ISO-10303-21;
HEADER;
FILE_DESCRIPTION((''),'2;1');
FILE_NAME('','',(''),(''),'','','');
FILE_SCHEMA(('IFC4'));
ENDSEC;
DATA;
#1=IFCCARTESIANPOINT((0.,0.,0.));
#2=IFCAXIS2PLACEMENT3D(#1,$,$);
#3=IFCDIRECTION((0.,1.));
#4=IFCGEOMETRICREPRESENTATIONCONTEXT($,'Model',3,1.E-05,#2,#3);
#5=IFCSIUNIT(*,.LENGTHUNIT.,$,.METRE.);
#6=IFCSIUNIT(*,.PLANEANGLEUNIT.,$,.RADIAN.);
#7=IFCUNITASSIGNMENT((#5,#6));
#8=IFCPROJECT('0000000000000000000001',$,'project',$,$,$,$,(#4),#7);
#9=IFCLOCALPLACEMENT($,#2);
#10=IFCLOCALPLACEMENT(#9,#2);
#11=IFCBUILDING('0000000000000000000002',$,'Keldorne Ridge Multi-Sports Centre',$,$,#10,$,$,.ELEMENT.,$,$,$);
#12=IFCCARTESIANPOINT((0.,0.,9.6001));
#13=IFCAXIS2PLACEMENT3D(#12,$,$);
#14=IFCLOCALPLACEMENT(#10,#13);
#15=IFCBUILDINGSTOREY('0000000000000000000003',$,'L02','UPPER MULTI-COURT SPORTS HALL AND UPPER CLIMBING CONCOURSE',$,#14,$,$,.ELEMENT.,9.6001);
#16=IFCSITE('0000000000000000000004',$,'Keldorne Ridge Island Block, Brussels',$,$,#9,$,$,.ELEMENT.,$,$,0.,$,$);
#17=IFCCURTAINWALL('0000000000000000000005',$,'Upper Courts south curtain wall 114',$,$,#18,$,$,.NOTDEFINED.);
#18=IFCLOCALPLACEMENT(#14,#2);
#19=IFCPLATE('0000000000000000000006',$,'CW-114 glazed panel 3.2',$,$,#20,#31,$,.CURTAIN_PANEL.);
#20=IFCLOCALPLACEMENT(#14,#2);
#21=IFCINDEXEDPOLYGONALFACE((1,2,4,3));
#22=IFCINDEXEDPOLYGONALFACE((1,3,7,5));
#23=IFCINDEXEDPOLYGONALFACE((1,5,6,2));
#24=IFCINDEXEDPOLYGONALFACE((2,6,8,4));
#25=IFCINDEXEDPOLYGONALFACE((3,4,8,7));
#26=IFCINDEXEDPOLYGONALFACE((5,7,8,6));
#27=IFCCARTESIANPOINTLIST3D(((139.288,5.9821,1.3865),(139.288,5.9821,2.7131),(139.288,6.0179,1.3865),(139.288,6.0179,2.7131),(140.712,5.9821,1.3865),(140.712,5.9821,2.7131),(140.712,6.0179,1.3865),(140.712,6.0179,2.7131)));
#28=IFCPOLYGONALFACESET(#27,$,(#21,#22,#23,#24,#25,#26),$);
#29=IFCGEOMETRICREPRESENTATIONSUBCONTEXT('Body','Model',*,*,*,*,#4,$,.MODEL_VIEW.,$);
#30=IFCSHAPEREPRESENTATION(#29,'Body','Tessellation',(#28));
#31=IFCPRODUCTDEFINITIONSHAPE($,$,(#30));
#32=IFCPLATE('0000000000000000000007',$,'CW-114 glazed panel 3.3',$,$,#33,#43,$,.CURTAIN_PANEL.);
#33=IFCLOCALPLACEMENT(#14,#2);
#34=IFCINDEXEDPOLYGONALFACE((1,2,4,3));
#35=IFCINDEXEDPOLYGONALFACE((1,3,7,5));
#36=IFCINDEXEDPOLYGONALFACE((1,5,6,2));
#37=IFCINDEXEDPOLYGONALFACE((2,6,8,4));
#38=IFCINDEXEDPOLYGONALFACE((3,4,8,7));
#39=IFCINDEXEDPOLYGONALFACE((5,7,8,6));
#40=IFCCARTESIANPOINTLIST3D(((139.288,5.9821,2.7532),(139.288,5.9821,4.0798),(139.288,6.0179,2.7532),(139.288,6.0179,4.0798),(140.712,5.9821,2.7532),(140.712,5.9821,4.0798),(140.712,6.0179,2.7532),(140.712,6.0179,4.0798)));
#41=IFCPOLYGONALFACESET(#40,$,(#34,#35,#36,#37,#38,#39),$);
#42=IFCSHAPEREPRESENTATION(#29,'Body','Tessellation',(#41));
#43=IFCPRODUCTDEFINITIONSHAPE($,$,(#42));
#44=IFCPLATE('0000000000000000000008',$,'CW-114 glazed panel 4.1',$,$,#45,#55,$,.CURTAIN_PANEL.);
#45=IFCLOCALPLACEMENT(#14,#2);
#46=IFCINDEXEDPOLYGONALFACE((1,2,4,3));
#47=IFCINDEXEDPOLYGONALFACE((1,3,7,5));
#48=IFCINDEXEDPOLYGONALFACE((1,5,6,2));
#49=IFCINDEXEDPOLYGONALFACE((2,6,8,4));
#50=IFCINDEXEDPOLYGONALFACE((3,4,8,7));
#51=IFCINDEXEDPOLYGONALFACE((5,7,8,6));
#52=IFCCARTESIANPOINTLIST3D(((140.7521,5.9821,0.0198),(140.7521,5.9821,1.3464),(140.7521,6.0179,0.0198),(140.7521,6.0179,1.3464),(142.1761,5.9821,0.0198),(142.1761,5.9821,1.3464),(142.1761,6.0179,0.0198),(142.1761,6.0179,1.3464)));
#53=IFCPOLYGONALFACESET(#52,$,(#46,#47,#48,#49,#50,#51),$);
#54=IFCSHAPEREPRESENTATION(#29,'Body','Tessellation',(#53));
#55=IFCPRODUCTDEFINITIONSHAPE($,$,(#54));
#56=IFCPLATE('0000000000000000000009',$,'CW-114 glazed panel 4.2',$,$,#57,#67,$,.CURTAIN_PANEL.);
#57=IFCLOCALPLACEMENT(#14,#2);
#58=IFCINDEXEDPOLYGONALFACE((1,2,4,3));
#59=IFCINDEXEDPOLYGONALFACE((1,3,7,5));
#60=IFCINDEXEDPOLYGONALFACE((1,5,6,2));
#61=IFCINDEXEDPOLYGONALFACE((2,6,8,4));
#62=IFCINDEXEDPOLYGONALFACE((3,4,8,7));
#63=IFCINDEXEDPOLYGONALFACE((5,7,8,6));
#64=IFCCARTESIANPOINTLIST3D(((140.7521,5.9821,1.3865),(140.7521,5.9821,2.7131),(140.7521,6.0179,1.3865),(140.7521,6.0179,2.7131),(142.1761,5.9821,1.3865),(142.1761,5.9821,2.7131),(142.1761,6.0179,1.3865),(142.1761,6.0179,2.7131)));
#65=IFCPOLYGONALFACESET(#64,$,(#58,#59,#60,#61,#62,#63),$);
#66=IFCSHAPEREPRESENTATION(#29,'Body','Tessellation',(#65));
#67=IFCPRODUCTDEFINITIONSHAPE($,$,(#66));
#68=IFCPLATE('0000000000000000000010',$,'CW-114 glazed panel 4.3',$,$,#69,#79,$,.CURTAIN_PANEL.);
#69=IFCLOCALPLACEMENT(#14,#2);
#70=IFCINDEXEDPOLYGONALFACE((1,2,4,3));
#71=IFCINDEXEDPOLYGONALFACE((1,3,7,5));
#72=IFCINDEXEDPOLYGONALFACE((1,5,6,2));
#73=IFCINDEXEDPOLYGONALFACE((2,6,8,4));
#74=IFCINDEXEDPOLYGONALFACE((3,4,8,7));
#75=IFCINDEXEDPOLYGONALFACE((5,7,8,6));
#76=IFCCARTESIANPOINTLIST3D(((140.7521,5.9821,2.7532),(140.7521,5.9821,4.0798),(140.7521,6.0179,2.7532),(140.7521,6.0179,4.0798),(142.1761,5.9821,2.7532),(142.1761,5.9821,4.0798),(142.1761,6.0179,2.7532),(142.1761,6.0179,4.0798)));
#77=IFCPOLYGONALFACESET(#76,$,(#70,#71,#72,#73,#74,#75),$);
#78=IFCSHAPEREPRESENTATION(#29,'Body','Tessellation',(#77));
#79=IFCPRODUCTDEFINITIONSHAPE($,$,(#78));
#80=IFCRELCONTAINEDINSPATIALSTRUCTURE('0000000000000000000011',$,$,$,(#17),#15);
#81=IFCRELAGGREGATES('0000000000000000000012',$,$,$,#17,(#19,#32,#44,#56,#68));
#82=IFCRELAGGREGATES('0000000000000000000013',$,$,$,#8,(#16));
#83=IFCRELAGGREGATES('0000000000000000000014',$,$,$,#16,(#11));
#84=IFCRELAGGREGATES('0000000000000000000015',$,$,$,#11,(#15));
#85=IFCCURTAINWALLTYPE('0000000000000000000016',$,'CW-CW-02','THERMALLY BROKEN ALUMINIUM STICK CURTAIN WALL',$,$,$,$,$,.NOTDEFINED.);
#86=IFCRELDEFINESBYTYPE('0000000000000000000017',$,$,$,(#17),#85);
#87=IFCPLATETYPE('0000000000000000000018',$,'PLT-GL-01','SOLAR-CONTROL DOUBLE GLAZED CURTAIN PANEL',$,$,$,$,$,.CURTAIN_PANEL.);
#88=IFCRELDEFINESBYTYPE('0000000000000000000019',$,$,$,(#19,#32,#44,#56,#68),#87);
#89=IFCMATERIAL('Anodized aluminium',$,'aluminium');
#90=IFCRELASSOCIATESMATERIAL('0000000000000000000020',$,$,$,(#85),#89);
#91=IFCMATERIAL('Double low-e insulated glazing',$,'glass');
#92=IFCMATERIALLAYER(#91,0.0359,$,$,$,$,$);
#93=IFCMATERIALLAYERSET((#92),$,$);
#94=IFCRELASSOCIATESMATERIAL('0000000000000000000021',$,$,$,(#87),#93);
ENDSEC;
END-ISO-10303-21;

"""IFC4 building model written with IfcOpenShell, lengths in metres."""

from ifc_helpers import new_model, si_unit, direction, frame, origin, origin_2d, place, context, subcontext, project, spatial, rectangle, extrude, material, layer, layer_set, type_object, element, aggregate, save


model = new_model("IFC4")

# Units and contexts
model_context = context("Model", 3, precision=1e-05, world=origin(), true_north=direction((0.0, 1.0)))
body_context = subcontext(model_context, "Body", "Model", "MODEL_VIEW")
ifc_project = project(units=[si_unit("LENGTHUNIT", "METRE"), si_unit("PLANEANGLEUNIT", "RADIAN")], contexts=[model_context])

# Site, building, storey
site_placement = place(None, origin())
site = spatial("IfcSite", under=ifc_project, at=site_placement, Name="Keldorne Ridge Island Block, Brussels", CompositionType="ELEMENT", RefElevation=0.0)
building_placement = place(site_placement, origin())
building = spatial("IfcBuilding", under=site, at=building_placement, Name="Keldorne Ridge Multi-Sports Centre", CompositionType="ELEMENT")
storey_placement = place(building_placement, frame((0.0, 0.0, 9.6001)))
storey = spatial("IfcBuildingStorey", under=building, at=storey_placement, Name="L02", Description="UPPER MULTI-COURT SPORTS HALL AND UPPER CLIMBING CONCOURSE", CompositionType="ELEMENT", Elevation=9.6001)

# Curtain wall, plates
ifc_material_1 = material(Name="Anodized aluminium", Category="aluminium")
curtain_wall_type = type_object("IfcCurtainWallType", Name="CW-CW-02", Description="THERMALLY BROKEN ALUMINIUM STICK CURTAIN WALL", PredefinedType="NOTDEFINED", material=ifc_material_1)
curtain_wall_placement = place(storey_placement, origin())
curtain_wall = element("IfcCurtainWall", 1, at=curtain_wall_placement, inside=storey, type_object=curtain_wall_type, Name="Upper Courts south curtain wall 114", PredefinedType="NOTDEFINED")
ifc_material_2 = material(Name="Double low-e insulated glazing", Category="glass")
ifc_layer = layer(ifc_material_2, 0.0359)
ifc_layer_set = layer_set([ifc_layer])
plate_type = type_object("IfcPlateType", Name="PLT-GL-01", Description="SOLAR-CONTROL DOUBLE GLAZED CURTAIN PANEL", PredefinedType="CURTAIN_PANEL", material=ifc_layer_set)
plate_1_placement = place(storey_placement, frame((140.0, 6.0, 1.3865), z_axis=(0.0, 0.0, 1.0), x_axis=(1.0, 0.0, 0.0)))
plate_1 = element("IfcPlate", 2, at=plate_1_placement, type_object=plate_type, Name="CW-114 glazed panel 3.2", PredefinedType="CURTAIN_PANEL", context=body_context, shape_type="SweptSolid", body=[
    extrude(rectangle(XDim=1.4241, YDim=0.0359, at=origin_2d()), origin(), (0.0, 0.0, 1.0), 1.3267),
])
plate_2_placement = place(storey_placement, frame((140.0, 6.0, 2.7532), z_axis=(0.0, 0.0, 1.0), x_axis=(1.0, 0.0, 0.0)))
plate_2 = element("IfcPlate", 3, at=plate_2_placement, type_object=plate_type, Name="CW-114 glazed panel 3.3", PredefinedType="CURTAIN_PANEL", context=body_context, shape_type="SweptSolid", body=[
    extrude(rectangle(XDim=1.4241, YDim=0.0359, at=origin_2d()), origin(), (0.0, 0.0, 1.0), 1.3267),
])
plate_3_placement = place(storey_placement, frame((141.4641, 6.0, 0.0198), z_axis=(0.0, 0.0, 1.0), x_axis=(1.0, 0.0, 0.0)))
plate_3 = element("IfcPlate", 4, at=plate_3_placement, type_object=plate_type, Name="CW-114 glazed panel 4.1", PredefinedType="CURTAIN_PANEL", context=body_context, shape_type="SweptSolid", body=[
    extrude(rectangle(XDim=1.4241, YDim=0.0359, at=origin_2d()), origin(), (0.0, 0.0, 1.0), 1.3267),
])
plate_4_placement = place(storey_placement, frame((141.4641, 6.0, 1.3865), z_axis=(0.0, 0.0, 1.0), x_axis=(1.0, 0.0, 0.0)))
plate_4 = element("IfcPlate", 5, at=plate_4_placement, type_object=plate_type, Name="CW-114 glazed panel 4.2", PredefinedType="CURTAIN_PANEL", context=body_context, shape_type="SweptSolid", body=[
    extrude(rectangle(XDim=1.4241, YDim=0.0359, at=origin_2d()), origin(), (0.0, 0.0, 1.0), 1.3267),
])
plate_5_placement = place(storey_placement, frame((141.4641, 6.0, 2.7532), z_axis=(0.0, 0.0, 1.0), x_axis=(1.0, 0.0, 0.0)))
plate_5 = element("IfcPlate", 6, at=plate_5_placement, type_object=plate_type, Name="CW-114 glazed panel 4.3", PredefinedType="CURTAIN_PANEL", context=body_context, shape_type="SweptSolid", body=[
    extrude(rectangle(XDim=1.4241, YDim=0.0359, at=origin_2d()), origin(), (0.0, 0.0, 1.0), 1.3267),
])
aggregate(curtain_wall, [plate_1, plate_2, plate_3, plate_4, plate_5])

save(model, "model.ifc")
